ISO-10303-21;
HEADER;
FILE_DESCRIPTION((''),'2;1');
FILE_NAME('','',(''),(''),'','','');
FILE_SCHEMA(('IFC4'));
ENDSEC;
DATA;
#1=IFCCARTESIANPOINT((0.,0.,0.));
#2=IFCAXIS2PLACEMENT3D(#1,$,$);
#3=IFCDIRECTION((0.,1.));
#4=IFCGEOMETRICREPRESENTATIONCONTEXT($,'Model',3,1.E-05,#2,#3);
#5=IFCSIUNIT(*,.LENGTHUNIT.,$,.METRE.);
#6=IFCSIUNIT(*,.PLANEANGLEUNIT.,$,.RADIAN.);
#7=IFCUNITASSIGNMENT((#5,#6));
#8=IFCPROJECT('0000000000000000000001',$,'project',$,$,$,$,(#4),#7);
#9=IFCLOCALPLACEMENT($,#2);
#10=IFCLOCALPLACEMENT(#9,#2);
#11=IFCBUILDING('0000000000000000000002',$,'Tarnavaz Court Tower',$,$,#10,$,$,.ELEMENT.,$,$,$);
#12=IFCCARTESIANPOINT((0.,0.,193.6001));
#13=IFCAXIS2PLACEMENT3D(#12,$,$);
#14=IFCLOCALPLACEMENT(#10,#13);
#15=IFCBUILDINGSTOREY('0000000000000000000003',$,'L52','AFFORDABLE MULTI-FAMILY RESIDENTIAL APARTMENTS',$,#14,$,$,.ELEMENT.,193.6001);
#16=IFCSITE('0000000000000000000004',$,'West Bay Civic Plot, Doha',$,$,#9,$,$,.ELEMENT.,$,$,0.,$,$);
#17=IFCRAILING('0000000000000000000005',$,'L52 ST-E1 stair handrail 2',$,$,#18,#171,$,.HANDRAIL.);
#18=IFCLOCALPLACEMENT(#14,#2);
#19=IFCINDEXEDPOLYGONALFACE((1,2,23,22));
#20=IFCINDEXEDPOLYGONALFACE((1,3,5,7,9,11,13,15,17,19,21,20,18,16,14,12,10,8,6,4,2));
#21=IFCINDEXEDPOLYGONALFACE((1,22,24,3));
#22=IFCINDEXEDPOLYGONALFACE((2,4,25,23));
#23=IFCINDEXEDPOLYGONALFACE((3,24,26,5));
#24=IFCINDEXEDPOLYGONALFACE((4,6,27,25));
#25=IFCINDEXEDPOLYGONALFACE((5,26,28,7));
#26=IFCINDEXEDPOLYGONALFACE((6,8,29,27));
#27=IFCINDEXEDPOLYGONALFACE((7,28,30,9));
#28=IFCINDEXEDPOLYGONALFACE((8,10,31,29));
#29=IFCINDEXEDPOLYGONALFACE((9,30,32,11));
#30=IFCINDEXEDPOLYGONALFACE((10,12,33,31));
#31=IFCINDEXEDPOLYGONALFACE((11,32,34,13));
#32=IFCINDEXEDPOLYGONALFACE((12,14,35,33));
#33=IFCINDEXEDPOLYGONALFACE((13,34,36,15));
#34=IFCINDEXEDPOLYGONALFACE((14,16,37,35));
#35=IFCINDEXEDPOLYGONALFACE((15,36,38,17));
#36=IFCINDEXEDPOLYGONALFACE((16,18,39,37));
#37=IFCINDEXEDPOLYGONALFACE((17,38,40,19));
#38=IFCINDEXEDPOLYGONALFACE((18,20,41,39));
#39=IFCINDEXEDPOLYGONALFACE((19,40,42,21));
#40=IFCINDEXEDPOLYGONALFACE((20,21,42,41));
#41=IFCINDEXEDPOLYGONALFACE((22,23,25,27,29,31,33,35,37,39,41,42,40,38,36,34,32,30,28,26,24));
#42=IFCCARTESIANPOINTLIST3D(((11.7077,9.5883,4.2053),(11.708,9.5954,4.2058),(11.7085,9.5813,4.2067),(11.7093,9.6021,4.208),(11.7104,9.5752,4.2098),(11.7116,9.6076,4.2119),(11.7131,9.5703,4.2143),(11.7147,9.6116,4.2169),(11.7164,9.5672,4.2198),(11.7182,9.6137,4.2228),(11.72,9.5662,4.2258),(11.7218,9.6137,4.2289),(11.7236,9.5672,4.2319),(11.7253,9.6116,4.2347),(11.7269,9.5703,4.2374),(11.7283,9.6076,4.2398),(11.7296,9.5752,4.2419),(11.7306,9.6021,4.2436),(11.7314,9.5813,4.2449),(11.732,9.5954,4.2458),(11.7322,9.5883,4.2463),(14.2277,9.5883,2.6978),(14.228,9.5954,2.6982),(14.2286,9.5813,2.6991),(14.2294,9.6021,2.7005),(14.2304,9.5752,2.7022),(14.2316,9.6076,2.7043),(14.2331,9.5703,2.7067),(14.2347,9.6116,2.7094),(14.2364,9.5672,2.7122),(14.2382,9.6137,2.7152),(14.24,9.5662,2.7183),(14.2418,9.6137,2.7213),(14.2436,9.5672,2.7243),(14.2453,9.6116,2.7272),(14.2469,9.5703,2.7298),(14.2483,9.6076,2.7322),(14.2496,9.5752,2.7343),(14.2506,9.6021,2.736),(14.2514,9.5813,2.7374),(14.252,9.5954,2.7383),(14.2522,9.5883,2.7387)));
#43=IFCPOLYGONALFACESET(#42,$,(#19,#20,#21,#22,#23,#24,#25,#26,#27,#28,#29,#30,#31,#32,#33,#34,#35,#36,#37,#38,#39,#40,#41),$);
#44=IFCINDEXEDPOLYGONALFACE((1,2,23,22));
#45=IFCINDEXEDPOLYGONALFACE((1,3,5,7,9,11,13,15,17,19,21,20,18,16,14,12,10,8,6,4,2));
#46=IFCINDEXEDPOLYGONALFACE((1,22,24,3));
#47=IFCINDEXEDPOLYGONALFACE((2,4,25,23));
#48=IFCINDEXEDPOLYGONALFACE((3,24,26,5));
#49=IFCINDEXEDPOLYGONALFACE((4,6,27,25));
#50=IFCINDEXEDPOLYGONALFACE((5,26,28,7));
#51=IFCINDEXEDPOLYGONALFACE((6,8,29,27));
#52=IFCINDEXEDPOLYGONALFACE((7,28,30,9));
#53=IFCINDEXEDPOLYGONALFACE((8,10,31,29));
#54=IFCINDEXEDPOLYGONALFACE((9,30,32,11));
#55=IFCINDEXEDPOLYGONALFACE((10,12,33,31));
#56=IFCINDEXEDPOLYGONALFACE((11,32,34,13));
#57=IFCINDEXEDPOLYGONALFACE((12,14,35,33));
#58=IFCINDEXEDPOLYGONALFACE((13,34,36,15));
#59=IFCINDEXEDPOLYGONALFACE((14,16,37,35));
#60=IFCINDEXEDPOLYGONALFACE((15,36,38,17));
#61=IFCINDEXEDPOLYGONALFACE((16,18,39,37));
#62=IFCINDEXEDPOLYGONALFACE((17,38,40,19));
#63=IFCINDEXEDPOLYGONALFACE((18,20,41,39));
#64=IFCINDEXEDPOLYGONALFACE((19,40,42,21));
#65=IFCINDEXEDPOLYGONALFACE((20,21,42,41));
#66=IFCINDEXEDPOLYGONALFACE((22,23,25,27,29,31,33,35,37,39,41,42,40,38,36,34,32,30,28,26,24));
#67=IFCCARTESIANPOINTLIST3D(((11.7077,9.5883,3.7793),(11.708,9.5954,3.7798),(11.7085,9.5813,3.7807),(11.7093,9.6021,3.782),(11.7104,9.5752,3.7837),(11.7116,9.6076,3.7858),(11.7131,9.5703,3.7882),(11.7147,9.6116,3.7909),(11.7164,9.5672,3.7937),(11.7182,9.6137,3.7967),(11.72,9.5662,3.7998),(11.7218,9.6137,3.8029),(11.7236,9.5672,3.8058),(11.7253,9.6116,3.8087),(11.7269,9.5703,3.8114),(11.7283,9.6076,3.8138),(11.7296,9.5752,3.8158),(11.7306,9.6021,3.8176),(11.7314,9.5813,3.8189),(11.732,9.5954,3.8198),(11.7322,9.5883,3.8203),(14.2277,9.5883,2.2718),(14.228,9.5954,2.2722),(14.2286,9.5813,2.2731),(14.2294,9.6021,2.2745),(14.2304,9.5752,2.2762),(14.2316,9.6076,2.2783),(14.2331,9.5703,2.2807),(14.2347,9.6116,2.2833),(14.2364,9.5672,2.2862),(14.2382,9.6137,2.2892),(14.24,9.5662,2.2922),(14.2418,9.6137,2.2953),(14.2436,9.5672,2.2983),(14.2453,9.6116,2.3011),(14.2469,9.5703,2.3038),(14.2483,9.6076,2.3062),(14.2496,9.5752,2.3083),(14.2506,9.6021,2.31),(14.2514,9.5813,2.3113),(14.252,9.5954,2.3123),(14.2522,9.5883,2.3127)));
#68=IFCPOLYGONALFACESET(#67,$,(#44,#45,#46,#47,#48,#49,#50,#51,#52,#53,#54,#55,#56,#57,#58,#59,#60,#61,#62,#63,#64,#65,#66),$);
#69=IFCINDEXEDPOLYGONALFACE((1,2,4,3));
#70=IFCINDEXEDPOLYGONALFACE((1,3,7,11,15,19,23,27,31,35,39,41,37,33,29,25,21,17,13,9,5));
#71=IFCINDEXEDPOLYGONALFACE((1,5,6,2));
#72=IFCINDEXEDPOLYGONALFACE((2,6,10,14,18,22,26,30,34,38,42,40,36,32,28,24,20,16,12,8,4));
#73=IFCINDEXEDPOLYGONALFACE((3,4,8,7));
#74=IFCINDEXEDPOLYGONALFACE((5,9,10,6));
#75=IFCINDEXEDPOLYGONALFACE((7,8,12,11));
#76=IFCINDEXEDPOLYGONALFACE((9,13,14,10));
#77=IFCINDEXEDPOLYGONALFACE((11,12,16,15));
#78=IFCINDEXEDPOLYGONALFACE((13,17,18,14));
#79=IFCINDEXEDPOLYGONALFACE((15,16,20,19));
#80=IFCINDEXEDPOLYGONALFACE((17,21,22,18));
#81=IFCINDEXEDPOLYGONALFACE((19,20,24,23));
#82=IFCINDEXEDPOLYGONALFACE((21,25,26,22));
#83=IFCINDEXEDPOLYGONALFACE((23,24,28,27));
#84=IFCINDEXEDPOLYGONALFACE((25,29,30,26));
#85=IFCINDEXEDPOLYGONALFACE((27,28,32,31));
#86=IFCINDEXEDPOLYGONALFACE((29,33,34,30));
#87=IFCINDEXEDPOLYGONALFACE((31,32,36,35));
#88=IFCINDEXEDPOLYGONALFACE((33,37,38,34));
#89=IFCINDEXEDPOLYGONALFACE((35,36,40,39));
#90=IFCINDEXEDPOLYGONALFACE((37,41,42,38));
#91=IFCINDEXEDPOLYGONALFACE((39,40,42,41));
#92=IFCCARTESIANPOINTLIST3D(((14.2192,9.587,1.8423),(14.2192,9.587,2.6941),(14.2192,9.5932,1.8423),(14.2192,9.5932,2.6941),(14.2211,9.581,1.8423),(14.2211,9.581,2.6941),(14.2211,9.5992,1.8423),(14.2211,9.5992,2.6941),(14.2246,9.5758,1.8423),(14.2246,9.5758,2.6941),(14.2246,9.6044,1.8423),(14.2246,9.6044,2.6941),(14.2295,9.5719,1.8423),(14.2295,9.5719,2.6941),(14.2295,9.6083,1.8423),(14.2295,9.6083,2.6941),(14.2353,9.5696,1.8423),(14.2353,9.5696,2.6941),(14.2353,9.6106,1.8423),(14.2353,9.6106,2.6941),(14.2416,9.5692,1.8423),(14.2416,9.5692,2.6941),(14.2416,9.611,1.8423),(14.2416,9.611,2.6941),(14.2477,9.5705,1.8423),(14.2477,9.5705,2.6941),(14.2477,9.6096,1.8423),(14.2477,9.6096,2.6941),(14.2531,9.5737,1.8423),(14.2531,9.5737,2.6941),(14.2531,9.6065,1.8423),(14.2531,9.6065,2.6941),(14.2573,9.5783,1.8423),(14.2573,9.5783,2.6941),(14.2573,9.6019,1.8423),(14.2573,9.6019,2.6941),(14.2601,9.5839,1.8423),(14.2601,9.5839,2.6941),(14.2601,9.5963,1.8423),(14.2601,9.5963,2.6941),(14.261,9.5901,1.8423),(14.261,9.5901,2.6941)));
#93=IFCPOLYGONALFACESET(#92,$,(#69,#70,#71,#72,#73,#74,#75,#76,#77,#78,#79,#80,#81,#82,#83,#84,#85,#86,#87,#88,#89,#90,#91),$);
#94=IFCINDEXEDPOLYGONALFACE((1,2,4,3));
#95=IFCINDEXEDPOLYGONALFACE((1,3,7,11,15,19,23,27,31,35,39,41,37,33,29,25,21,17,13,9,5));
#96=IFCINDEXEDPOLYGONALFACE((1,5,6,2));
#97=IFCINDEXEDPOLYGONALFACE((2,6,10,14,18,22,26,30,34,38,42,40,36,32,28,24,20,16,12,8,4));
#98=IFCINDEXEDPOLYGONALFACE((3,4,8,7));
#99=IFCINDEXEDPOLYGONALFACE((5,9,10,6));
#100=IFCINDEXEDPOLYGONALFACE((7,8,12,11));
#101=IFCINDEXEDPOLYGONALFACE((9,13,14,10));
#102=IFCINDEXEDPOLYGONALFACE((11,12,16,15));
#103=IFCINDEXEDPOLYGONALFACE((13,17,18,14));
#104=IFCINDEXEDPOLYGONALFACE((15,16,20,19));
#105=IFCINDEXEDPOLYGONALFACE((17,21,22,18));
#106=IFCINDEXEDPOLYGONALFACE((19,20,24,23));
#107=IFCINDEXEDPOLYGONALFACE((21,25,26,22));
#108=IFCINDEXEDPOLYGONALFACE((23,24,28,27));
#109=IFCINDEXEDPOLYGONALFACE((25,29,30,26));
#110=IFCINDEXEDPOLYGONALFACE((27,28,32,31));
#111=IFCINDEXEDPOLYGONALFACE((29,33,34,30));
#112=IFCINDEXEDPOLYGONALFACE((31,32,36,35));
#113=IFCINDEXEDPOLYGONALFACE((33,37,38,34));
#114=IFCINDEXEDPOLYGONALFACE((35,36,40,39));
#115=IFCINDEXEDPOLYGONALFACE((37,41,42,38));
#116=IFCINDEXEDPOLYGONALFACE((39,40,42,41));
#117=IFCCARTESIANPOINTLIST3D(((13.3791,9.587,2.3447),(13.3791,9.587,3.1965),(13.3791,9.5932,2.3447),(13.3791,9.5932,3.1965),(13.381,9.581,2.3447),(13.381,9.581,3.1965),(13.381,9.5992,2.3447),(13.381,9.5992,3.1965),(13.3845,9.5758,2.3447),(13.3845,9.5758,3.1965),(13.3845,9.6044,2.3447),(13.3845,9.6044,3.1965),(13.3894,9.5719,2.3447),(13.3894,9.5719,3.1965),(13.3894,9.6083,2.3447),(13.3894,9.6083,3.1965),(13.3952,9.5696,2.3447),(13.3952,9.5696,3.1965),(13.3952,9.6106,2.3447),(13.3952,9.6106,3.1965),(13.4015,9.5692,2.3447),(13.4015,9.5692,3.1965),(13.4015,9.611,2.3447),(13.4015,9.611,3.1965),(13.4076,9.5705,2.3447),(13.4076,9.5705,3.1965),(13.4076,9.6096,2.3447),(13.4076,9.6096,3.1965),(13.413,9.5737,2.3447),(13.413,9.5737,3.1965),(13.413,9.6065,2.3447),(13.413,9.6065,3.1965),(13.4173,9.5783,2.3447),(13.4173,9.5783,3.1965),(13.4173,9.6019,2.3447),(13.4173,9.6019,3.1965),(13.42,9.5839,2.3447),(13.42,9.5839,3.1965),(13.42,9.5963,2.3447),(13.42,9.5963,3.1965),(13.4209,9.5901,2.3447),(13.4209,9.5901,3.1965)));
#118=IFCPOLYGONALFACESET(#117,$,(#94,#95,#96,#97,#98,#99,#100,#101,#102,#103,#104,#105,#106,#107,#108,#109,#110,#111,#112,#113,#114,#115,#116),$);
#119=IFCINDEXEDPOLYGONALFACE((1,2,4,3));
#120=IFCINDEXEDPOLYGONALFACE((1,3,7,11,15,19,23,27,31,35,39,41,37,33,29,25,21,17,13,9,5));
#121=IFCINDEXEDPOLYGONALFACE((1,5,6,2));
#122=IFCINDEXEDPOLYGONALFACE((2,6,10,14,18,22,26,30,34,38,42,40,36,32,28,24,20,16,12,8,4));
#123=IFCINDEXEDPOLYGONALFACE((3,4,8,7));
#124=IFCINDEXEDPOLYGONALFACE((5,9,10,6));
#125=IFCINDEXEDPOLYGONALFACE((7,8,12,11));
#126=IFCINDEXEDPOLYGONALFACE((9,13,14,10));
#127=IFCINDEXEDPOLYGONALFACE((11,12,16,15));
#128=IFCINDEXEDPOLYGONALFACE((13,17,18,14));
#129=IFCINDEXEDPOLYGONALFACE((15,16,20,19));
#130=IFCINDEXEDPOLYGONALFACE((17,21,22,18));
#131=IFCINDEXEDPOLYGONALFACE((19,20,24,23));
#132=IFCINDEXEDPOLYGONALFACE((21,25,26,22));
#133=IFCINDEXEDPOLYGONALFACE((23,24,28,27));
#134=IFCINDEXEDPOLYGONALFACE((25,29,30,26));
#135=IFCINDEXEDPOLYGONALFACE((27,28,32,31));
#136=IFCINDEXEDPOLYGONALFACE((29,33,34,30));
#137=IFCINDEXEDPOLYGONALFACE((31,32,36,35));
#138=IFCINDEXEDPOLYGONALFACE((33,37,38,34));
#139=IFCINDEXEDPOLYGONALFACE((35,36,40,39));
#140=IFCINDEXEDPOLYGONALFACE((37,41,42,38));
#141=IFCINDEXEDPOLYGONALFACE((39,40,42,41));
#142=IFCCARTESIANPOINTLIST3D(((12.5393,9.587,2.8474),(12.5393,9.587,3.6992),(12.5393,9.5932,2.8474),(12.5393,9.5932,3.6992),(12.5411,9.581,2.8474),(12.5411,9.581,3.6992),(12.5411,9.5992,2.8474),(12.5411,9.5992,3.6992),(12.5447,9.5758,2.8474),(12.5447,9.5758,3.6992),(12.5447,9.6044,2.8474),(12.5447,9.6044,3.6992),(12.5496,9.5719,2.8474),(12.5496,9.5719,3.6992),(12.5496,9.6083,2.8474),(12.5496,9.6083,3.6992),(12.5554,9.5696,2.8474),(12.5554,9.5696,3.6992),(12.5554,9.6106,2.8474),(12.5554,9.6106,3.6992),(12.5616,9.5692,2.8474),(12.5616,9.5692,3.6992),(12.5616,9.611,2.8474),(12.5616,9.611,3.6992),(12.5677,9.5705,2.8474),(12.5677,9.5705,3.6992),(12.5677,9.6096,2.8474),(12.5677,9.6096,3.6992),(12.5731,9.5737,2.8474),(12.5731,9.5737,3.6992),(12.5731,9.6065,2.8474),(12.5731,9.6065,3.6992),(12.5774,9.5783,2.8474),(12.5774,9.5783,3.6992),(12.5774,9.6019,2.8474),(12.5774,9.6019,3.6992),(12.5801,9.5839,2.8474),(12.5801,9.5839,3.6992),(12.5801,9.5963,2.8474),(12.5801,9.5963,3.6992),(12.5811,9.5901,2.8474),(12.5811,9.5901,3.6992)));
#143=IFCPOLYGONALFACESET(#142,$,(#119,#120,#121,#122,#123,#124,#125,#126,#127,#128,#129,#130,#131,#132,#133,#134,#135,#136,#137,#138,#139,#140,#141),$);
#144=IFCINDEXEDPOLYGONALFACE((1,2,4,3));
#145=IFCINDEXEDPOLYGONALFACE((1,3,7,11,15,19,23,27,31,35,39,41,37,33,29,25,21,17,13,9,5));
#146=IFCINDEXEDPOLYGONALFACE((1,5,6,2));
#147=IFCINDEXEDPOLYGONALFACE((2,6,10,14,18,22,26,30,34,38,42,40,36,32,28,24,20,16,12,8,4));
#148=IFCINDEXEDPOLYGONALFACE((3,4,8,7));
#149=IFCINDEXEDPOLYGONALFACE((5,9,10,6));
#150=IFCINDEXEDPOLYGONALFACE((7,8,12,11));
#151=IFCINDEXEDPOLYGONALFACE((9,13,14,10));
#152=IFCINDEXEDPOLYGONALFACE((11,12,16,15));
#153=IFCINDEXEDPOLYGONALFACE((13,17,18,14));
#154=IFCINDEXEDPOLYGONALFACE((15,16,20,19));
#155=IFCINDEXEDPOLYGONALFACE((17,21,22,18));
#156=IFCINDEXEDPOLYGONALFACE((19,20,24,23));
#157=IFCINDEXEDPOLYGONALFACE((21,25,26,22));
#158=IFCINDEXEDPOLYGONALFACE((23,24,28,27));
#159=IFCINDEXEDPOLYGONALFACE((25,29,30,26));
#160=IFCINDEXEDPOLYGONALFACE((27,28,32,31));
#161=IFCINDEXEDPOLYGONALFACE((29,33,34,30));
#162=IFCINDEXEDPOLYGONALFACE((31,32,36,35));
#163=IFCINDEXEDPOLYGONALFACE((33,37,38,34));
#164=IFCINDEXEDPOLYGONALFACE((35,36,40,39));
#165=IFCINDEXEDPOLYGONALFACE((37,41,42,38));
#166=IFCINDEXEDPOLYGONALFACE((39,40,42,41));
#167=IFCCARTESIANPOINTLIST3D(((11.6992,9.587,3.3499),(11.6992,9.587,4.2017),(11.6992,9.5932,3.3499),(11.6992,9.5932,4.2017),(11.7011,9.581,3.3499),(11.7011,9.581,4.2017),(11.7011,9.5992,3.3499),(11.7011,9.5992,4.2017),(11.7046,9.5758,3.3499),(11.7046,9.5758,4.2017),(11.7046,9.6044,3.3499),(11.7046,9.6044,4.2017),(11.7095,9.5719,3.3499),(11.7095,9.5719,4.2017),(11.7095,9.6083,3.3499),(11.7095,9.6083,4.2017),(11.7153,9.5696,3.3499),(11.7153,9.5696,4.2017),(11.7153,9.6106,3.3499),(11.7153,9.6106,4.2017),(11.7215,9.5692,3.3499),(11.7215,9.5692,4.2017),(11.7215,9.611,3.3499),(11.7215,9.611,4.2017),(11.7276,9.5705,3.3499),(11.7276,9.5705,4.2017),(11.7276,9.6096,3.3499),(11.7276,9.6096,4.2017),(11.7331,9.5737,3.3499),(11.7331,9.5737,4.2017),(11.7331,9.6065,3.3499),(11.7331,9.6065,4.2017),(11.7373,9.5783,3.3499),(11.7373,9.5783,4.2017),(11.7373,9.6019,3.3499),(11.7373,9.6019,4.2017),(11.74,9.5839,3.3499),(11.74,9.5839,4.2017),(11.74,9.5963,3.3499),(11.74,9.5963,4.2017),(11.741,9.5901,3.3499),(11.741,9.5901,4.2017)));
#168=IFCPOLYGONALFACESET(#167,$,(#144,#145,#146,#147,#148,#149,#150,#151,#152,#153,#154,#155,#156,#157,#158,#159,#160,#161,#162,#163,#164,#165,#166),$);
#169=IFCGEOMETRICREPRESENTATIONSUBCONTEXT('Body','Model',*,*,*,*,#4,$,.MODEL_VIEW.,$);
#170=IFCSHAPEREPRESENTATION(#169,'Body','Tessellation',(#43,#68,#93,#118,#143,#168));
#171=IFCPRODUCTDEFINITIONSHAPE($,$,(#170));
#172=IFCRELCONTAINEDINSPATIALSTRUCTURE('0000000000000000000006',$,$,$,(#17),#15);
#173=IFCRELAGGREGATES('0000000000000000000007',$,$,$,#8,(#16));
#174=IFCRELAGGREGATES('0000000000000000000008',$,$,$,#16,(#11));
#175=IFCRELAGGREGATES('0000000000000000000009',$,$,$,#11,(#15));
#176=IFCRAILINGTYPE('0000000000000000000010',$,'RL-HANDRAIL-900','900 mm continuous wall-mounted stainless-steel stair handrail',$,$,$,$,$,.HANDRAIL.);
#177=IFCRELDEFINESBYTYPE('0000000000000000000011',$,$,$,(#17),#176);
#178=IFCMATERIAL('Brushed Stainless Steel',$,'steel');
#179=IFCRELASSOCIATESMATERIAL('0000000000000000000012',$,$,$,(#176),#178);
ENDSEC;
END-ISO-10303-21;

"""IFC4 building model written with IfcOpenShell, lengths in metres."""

from ifc_helpers import new_model, si_unit, direction, frame, origin, origin_2d, place, context, subcontext, project, spatial, circle, extrude, material, type_object, element, save


model = new_model("IFC4")

# Units and contexts
model_context = context("Model", 3, precision=1e-05, world=origin(), true_north=direction((0.0, 1.0)))
body_context = subcontext(model_context, "Body", "Model", "MODEL_VIEW")
ifc_project = project(units=[si_unit("LENGTHUNIT", "METRE"), si_unit("PLANEANGLEUNIT", "RADIAN")], contexts=[model_context])

# Site, building, storey
site_placement = place(None, origin())
site = spatial("IfcSite", under=ifc_project, at=site_placement, Name="West Bay Civic Plot, Doha", CompositionType="ELEMENT", RefElevation=0.0)
building_placement = place(site_placement, origin())
building = spatial("IfcBuilding", under=site, at=building_placement, Name="Tarnavaz Court Tower", CompositionType="ELEMENT")
storey_placement = place(building_placement, frame((0.0, 0.0, 193.6001)))
storey = spatial("IfcBuildingStorey", under=building, at=storey_placement, Name="L52", Description="AFFORDABLE MULTI-FAMILY RESIDENTIAL APARTMENTS", CompositionType="ELEMENT", Elevation=193.6001)

# Railing
ifc_material_1 = material(Name="Brushed Stainless Steel", Category="steel")
railing_type_1 = type_object("IfcRailingType", Name="RL-HANDRAIL-900", Description="900 mm continuous wall-mounted stainless-steel stair handrail", PredefinedType="HANDRAIL", material=ifc_material_1)
railing_1_placement = place(storey_placement, frame((14.24, 9.5901, 1.8423)))
element("IfcRailing", 1, at=railing_1_placement, inside=storey, type_object=railing_type_1, Name="L52 ST-E1 stair handrail 2", PredefinedType="HANDRAIL", context=body_context, shape_type="SweptSolid", body=[
    extrude(circle(Radius=0.0239, at=origin_2d()), frame((0.0, 0.0, 0.876), z_axis=(-0.85816, 0.0, 0.513383), x_axis=(0.0, -1.0, 0.0)), (0.0, 0.0, 1.0), 2.9365),
    extrude(circle(Radius=0.0239, at=origin_2d()), frame((0.0, 0.0, 0.45), z_axis=(-0.85816, 0.0, 0.513383), x_axis=(0.0, -1.0, 0.0)), (0.0, 0.0, 1.0), 2.9365),
    extrude(circle(Radius=0.021, at=origin_2d()), origin(), (0.0, 0.0, 1.0), 0.8518),
    extrude(circle(Radius=0.021, at=origin_2d()), frame((-0.8401, 0.0, 0.5024)), (0.0, 0.0, 1.0), 0.8518),
    extrude(circle(Radius=0.021, at=origin_2d()), frame((-1.6799, 0.0, 1.0051)), (0.0, 0.0, 1.0), 0.8518),
    extrude(circle(Radius=0.021, at=origin_2d()), frame((-2.52, 0.0, 1.5076)), (0.0, 0.0, 1.0), 0.8518),
])

save(model, "model.ifc")
